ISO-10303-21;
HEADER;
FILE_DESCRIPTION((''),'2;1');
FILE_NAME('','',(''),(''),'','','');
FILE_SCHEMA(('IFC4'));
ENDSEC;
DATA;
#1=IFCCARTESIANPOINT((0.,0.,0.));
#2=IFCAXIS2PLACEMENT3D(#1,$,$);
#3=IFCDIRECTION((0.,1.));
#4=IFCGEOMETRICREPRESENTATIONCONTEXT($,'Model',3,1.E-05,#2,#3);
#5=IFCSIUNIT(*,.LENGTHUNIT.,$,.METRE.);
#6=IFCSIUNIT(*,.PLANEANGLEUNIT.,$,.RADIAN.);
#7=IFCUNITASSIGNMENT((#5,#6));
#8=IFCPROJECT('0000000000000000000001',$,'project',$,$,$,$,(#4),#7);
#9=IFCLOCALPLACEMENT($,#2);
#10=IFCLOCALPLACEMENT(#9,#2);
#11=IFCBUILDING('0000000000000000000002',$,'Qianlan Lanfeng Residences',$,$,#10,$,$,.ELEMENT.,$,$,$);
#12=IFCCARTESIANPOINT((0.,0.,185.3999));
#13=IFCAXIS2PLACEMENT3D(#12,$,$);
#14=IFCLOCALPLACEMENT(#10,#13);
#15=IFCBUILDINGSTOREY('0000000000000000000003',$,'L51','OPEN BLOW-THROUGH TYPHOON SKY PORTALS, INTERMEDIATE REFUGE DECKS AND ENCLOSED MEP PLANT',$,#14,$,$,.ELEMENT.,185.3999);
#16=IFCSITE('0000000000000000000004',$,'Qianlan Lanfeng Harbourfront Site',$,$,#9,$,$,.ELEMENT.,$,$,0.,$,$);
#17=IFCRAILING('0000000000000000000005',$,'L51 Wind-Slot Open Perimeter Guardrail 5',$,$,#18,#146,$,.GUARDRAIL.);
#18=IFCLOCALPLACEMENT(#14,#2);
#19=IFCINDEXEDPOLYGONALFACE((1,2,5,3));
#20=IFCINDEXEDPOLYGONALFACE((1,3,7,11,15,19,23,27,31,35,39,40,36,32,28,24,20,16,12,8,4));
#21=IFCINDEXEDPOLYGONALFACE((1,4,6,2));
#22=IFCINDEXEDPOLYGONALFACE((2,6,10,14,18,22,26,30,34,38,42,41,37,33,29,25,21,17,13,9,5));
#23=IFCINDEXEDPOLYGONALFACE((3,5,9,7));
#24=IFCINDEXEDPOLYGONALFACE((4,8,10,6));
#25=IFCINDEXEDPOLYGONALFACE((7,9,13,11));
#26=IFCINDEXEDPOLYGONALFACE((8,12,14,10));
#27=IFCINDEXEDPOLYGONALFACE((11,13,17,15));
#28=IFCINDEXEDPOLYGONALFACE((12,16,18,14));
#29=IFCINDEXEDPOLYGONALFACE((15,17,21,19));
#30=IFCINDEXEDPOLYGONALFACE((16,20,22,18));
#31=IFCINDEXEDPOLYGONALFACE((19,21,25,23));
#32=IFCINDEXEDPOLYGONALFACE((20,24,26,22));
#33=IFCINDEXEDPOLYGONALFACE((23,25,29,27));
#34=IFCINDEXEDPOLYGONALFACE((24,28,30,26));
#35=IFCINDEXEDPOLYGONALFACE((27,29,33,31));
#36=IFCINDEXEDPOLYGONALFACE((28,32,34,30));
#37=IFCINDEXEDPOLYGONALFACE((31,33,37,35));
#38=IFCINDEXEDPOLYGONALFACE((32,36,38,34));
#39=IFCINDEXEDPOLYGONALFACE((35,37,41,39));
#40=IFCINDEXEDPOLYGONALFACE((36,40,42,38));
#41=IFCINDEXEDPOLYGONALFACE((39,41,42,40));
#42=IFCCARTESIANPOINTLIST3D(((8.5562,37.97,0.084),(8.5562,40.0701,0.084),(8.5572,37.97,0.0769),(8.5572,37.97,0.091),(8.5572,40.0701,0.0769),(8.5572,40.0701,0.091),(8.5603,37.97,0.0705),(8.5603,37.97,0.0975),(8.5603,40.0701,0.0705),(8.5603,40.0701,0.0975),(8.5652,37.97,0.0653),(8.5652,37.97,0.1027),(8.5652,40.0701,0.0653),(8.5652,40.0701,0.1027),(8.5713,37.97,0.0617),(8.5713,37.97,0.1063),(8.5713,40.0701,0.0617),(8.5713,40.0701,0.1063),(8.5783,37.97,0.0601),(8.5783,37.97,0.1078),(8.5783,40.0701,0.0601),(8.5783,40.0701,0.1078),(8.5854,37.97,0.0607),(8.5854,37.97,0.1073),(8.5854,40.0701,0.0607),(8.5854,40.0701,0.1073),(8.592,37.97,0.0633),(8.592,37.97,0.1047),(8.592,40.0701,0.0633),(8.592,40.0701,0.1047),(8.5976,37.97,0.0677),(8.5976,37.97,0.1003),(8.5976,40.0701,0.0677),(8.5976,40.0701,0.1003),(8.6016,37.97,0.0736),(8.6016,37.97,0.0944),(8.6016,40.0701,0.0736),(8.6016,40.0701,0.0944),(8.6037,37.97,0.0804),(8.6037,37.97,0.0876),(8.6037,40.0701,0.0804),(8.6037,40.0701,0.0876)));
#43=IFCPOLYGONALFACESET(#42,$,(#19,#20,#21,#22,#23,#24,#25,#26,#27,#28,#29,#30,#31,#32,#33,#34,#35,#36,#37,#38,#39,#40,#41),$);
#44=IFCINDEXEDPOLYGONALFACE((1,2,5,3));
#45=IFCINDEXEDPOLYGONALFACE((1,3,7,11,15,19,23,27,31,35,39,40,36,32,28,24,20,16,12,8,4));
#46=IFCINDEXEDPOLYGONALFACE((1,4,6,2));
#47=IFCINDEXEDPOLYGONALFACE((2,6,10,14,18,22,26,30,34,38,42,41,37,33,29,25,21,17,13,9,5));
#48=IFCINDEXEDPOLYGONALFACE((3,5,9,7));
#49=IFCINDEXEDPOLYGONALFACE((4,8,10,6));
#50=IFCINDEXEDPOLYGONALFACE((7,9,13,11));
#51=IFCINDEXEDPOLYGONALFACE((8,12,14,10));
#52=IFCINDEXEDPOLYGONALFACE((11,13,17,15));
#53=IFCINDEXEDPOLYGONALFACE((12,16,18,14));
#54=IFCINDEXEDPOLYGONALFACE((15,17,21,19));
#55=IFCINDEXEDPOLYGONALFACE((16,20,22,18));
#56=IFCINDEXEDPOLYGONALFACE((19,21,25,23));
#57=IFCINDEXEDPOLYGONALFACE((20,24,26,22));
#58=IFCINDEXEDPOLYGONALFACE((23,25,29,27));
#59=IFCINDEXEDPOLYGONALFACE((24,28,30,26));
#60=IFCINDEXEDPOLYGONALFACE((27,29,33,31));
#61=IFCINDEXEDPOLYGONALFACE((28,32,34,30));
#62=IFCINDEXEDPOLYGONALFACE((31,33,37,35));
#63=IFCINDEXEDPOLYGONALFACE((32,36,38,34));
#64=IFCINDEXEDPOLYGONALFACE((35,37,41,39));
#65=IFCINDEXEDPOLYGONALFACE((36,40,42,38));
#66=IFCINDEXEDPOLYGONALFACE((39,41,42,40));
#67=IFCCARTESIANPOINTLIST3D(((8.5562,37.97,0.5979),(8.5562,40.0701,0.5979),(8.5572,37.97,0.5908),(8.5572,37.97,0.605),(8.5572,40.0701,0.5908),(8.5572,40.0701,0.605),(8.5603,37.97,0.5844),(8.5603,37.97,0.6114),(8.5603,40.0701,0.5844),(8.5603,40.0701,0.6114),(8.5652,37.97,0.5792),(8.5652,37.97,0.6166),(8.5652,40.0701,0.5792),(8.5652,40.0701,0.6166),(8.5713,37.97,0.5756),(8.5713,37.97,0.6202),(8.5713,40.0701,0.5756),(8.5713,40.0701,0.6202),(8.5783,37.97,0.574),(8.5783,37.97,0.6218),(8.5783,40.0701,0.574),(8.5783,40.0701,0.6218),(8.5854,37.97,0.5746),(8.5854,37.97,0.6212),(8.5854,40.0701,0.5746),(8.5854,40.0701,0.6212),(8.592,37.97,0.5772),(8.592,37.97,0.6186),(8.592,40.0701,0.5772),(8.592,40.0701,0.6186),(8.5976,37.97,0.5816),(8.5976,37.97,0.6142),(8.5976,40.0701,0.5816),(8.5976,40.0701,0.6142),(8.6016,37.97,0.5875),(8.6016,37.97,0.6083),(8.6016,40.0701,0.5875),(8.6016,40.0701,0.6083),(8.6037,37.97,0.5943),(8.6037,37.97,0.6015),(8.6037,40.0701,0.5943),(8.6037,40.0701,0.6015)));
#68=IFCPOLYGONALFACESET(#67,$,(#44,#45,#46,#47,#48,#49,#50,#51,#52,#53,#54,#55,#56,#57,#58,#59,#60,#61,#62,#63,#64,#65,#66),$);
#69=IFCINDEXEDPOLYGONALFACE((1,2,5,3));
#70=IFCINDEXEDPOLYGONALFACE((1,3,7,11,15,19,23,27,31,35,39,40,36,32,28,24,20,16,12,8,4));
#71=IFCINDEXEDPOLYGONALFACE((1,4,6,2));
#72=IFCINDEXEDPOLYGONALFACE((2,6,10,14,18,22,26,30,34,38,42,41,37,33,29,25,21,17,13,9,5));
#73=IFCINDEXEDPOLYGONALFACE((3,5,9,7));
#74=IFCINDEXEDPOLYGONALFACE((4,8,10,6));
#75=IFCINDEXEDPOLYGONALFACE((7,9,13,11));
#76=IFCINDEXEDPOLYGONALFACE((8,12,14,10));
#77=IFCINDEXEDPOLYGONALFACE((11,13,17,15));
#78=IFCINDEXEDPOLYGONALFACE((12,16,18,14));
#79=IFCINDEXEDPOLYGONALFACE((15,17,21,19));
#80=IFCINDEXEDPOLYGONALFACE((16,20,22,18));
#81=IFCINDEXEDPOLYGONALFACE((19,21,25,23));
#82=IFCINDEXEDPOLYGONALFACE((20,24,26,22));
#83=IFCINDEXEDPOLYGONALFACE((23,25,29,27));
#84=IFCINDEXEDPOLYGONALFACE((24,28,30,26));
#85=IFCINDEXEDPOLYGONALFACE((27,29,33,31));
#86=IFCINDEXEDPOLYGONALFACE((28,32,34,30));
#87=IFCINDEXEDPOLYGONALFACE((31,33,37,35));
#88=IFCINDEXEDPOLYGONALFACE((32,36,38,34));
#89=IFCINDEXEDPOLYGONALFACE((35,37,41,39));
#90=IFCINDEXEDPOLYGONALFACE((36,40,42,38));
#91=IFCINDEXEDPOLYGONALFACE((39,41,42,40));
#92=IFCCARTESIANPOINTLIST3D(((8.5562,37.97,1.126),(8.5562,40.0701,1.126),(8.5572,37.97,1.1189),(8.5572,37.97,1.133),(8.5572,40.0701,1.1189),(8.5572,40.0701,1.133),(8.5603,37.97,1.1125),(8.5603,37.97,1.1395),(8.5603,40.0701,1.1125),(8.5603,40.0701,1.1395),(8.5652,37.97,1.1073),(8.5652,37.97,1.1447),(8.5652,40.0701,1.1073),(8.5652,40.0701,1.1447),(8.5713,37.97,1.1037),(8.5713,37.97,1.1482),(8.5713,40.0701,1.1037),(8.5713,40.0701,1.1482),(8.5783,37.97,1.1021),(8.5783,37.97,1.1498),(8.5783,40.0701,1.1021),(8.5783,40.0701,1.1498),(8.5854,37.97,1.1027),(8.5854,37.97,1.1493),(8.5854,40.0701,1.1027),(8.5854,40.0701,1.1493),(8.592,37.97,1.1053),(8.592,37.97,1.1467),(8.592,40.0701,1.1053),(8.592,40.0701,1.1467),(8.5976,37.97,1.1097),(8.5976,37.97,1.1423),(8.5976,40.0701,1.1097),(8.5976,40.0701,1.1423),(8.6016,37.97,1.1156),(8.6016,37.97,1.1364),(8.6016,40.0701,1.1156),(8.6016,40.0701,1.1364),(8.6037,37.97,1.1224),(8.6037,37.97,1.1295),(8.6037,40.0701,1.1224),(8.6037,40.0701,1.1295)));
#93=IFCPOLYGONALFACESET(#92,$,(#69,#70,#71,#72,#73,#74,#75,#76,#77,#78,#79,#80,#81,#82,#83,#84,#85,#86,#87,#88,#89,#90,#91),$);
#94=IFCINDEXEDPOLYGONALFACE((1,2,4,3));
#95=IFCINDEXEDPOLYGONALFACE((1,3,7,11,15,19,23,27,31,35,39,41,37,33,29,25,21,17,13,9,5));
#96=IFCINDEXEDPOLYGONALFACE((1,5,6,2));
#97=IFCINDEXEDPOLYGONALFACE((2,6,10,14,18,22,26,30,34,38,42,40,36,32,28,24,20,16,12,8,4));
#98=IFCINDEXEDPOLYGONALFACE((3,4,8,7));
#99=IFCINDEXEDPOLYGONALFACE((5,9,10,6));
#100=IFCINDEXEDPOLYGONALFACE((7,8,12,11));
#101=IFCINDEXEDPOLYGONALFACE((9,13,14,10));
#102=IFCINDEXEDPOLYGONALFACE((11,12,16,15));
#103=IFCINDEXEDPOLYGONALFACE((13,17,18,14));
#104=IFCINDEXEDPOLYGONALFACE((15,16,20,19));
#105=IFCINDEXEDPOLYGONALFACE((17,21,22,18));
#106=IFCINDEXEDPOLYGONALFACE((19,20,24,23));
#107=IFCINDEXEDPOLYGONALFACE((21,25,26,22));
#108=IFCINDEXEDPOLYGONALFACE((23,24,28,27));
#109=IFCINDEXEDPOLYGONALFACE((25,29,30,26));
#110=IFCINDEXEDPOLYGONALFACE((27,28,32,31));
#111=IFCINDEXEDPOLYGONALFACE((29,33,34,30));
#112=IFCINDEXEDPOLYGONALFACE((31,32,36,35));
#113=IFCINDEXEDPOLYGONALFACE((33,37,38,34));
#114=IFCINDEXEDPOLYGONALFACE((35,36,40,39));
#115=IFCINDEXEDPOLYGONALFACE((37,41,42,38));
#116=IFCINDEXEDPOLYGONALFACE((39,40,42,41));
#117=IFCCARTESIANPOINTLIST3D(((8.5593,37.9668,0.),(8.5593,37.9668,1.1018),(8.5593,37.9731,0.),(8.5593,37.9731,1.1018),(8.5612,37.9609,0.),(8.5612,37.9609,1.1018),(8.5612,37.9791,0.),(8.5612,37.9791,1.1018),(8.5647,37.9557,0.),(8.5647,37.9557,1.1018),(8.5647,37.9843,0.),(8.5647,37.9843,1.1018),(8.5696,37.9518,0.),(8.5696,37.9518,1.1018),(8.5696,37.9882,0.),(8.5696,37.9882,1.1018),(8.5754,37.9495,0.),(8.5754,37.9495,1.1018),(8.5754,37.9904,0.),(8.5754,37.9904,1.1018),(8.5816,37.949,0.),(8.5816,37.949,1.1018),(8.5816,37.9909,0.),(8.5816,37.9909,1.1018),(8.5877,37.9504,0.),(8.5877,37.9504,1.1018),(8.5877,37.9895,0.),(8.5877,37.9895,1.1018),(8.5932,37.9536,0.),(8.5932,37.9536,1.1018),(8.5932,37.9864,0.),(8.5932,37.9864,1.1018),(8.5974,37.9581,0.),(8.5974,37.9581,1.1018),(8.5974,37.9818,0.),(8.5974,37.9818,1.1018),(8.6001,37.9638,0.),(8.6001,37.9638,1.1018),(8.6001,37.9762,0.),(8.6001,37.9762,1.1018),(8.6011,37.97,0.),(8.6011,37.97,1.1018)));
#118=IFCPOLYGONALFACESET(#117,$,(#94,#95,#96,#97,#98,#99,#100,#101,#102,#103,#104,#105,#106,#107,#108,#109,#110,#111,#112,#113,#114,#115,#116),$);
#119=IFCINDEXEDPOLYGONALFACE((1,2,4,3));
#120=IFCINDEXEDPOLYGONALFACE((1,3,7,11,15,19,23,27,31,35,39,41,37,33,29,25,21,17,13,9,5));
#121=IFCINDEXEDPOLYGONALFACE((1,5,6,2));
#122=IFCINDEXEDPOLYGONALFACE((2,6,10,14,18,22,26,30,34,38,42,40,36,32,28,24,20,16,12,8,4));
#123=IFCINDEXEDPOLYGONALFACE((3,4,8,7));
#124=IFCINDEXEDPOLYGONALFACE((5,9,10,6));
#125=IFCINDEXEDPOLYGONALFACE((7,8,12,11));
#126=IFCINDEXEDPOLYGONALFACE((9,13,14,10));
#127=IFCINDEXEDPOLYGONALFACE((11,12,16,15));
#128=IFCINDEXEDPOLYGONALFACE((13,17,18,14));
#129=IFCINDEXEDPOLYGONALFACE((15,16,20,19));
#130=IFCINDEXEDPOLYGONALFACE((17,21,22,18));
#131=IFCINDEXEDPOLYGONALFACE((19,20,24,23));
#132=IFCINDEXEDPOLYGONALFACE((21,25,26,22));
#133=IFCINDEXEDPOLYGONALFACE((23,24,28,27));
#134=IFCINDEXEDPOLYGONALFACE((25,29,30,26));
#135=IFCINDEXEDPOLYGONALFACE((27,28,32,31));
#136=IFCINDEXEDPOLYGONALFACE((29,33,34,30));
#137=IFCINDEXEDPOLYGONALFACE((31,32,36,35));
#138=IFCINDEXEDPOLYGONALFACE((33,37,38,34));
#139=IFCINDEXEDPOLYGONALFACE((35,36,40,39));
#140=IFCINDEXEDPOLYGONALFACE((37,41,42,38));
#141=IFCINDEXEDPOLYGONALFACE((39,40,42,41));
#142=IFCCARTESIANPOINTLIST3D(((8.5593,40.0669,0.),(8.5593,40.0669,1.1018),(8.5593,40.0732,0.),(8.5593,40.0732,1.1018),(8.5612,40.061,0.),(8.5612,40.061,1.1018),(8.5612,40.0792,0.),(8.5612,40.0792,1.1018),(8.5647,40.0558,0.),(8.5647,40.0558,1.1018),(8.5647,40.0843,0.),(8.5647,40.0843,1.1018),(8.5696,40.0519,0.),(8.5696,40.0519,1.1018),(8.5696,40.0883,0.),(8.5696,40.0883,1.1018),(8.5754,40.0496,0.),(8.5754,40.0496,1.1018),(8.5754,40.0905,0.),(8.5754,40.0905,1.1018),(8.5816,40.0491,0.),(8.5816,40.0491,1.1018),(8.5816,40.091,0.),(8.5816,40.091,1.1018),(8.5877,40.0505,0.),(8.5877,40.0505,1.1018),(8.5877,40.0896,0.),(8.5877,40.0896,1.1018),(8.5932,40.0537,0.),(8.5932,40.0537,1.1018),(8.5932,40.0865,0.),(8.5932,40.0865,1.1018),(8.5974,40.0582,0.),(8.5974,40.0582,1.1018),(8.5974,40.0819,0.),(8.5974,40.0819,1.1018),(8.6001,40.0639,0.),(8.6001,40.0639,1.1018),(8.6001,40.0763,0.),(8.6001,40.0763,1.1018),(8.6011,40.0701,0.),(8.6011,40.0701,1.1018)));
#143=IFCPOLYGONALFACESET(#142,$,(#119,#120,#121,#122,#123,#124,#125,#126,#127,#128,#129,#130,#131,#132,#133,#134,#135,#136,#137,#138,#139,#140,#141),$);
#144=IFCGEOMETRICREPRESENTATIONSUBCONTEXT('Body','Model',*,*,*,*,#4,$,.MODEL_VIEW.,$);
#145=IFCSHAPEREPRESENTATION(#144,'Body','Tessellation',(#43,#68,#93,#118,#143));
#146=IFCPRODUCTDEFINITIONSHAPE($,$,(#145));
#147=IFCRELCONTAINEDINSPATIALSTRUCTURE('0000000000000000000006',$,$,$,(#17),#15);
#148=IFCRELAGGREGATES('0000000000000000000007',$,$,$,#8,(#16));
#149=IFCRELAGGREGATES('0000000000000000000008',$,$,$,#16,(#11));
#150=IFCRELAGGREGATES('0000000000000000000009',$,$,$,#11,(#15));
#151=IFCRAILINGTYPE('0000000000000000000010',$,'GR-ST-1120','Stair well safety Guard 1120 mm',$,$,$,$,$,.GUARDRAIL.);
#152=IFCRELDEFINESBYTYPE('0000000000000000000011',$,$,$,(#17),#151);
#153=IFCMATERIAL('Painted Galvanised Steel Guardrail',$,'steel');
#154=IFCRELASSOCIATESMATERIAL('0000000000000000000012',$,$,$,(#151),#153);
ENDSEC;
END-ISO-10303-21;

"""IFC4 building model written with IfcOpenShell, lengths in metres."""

from ifc_helpers import new_model, si_unit, direction, frame, origin, origin_2d, place, context, subcontext, project, spatial, circle, extrude, material, type_object, element, save


model = new_model("IFC4")

# Units and contexts
model_context = context("Model", 3, precision=1e-05, world=origin(), true_north=direction((0.0, 1.0)))
body_context = subcontext(model_context, "Body", "Model", "MODEL_VIEW")
ifc_project = project(units=[si_unit("LENGTHUNIT", "METRE"), si_unit("PLANEANGLEUNIT", "RADIAN")], contexts=[model_context])

# Site, building, storey
site_placement = place(None, origin())
site = spatial("IfcSite", under=ifc_project, at=site_placement, Name="Qianlan Lanfeng Harbourfront Site", CompositionType="ELEMENT", RefElevation=0.0)
building_placement = place(site_placement, origin())
building = spatial("IfcBuilding", under=site, at=building_placement, Name="Qianlan Lanfeng Residences", CompositionType="ELEMENT")
storey_placement = place(building_placement, frame((0.0, 0.0, 185.3999)))
storey = spatial("IfcBuildingStorey", under=building, at=storey_placement, Name="L51", Description="OPEN BLOW-THROUGH TYPHOON SKY PORTALS, INTERMEDIATE REFUGE DECKS AND ENCLOSED MEP PLANT", CompositionType="ELEMENT", Elevation=185.3999)

# Railing
ifc_material_1 = material(Name="Painted Galvanised Steel Guardrail", Category="steel")
railing_type_1 = type_object("IfcRailingType", Name="GR-ST-1120", Description="Stair well safety Guard 1120 mm", PredefinedType="GUARDRAIL", material=ifc_material_1)
railing_1_placement = place(storey_placement, frame((8.5801, 37.97, 0.0)))
element("IfcRailing", 1, at=railing_1_placement, inside=storey, type_object=railing_type_1, Name="L51 Wind-Slot Open Perimeter Guardrail 5", PredefinedType="GUARDRAIL", context=body_context, shape_type="SweptSolid", body=[
    extrude(circle(Radius=0.0239, at=origin_2d()), frame((0.0, 0.0, 0.084), z_axis=(0.0, 1.0, 0.0), x_axis=(-1.0, 0.0, 0.0)), (0.0, 0.0, 1.0), 2.1001),
    extrude(circle(Radius=0.0239, at=origin_2d()), frame((0.0, 0.0, 0.5979), z_axis=(0.0, 1.0, 0.0), x_axis=(-1.0, 0.0, 0.0)), (0.0, 0.0, 1.0), 2.1001),
    extrude(circle(Radius=0.0239, at=origin_2d()), frame((0.0, 0.0, 1.126), z_axis=(0.0, 1.0, 0.0), x_axis=(-1.0, 0.0, 0.0)), (0.0, 0.0, 1.0), 2.1001),
    extrude(circle(Radius=0.021, at=origin_2d()), origin(), (0.0, 0.0, 1.0), 1.1018),
    extrude(circle(Radius=0.021, at=origin_2d()), frame((0.0, 2.1001, 0.0)), (0.0, 0.0, 1.0), 1.1018),
])

save(model, "model.ifc")
